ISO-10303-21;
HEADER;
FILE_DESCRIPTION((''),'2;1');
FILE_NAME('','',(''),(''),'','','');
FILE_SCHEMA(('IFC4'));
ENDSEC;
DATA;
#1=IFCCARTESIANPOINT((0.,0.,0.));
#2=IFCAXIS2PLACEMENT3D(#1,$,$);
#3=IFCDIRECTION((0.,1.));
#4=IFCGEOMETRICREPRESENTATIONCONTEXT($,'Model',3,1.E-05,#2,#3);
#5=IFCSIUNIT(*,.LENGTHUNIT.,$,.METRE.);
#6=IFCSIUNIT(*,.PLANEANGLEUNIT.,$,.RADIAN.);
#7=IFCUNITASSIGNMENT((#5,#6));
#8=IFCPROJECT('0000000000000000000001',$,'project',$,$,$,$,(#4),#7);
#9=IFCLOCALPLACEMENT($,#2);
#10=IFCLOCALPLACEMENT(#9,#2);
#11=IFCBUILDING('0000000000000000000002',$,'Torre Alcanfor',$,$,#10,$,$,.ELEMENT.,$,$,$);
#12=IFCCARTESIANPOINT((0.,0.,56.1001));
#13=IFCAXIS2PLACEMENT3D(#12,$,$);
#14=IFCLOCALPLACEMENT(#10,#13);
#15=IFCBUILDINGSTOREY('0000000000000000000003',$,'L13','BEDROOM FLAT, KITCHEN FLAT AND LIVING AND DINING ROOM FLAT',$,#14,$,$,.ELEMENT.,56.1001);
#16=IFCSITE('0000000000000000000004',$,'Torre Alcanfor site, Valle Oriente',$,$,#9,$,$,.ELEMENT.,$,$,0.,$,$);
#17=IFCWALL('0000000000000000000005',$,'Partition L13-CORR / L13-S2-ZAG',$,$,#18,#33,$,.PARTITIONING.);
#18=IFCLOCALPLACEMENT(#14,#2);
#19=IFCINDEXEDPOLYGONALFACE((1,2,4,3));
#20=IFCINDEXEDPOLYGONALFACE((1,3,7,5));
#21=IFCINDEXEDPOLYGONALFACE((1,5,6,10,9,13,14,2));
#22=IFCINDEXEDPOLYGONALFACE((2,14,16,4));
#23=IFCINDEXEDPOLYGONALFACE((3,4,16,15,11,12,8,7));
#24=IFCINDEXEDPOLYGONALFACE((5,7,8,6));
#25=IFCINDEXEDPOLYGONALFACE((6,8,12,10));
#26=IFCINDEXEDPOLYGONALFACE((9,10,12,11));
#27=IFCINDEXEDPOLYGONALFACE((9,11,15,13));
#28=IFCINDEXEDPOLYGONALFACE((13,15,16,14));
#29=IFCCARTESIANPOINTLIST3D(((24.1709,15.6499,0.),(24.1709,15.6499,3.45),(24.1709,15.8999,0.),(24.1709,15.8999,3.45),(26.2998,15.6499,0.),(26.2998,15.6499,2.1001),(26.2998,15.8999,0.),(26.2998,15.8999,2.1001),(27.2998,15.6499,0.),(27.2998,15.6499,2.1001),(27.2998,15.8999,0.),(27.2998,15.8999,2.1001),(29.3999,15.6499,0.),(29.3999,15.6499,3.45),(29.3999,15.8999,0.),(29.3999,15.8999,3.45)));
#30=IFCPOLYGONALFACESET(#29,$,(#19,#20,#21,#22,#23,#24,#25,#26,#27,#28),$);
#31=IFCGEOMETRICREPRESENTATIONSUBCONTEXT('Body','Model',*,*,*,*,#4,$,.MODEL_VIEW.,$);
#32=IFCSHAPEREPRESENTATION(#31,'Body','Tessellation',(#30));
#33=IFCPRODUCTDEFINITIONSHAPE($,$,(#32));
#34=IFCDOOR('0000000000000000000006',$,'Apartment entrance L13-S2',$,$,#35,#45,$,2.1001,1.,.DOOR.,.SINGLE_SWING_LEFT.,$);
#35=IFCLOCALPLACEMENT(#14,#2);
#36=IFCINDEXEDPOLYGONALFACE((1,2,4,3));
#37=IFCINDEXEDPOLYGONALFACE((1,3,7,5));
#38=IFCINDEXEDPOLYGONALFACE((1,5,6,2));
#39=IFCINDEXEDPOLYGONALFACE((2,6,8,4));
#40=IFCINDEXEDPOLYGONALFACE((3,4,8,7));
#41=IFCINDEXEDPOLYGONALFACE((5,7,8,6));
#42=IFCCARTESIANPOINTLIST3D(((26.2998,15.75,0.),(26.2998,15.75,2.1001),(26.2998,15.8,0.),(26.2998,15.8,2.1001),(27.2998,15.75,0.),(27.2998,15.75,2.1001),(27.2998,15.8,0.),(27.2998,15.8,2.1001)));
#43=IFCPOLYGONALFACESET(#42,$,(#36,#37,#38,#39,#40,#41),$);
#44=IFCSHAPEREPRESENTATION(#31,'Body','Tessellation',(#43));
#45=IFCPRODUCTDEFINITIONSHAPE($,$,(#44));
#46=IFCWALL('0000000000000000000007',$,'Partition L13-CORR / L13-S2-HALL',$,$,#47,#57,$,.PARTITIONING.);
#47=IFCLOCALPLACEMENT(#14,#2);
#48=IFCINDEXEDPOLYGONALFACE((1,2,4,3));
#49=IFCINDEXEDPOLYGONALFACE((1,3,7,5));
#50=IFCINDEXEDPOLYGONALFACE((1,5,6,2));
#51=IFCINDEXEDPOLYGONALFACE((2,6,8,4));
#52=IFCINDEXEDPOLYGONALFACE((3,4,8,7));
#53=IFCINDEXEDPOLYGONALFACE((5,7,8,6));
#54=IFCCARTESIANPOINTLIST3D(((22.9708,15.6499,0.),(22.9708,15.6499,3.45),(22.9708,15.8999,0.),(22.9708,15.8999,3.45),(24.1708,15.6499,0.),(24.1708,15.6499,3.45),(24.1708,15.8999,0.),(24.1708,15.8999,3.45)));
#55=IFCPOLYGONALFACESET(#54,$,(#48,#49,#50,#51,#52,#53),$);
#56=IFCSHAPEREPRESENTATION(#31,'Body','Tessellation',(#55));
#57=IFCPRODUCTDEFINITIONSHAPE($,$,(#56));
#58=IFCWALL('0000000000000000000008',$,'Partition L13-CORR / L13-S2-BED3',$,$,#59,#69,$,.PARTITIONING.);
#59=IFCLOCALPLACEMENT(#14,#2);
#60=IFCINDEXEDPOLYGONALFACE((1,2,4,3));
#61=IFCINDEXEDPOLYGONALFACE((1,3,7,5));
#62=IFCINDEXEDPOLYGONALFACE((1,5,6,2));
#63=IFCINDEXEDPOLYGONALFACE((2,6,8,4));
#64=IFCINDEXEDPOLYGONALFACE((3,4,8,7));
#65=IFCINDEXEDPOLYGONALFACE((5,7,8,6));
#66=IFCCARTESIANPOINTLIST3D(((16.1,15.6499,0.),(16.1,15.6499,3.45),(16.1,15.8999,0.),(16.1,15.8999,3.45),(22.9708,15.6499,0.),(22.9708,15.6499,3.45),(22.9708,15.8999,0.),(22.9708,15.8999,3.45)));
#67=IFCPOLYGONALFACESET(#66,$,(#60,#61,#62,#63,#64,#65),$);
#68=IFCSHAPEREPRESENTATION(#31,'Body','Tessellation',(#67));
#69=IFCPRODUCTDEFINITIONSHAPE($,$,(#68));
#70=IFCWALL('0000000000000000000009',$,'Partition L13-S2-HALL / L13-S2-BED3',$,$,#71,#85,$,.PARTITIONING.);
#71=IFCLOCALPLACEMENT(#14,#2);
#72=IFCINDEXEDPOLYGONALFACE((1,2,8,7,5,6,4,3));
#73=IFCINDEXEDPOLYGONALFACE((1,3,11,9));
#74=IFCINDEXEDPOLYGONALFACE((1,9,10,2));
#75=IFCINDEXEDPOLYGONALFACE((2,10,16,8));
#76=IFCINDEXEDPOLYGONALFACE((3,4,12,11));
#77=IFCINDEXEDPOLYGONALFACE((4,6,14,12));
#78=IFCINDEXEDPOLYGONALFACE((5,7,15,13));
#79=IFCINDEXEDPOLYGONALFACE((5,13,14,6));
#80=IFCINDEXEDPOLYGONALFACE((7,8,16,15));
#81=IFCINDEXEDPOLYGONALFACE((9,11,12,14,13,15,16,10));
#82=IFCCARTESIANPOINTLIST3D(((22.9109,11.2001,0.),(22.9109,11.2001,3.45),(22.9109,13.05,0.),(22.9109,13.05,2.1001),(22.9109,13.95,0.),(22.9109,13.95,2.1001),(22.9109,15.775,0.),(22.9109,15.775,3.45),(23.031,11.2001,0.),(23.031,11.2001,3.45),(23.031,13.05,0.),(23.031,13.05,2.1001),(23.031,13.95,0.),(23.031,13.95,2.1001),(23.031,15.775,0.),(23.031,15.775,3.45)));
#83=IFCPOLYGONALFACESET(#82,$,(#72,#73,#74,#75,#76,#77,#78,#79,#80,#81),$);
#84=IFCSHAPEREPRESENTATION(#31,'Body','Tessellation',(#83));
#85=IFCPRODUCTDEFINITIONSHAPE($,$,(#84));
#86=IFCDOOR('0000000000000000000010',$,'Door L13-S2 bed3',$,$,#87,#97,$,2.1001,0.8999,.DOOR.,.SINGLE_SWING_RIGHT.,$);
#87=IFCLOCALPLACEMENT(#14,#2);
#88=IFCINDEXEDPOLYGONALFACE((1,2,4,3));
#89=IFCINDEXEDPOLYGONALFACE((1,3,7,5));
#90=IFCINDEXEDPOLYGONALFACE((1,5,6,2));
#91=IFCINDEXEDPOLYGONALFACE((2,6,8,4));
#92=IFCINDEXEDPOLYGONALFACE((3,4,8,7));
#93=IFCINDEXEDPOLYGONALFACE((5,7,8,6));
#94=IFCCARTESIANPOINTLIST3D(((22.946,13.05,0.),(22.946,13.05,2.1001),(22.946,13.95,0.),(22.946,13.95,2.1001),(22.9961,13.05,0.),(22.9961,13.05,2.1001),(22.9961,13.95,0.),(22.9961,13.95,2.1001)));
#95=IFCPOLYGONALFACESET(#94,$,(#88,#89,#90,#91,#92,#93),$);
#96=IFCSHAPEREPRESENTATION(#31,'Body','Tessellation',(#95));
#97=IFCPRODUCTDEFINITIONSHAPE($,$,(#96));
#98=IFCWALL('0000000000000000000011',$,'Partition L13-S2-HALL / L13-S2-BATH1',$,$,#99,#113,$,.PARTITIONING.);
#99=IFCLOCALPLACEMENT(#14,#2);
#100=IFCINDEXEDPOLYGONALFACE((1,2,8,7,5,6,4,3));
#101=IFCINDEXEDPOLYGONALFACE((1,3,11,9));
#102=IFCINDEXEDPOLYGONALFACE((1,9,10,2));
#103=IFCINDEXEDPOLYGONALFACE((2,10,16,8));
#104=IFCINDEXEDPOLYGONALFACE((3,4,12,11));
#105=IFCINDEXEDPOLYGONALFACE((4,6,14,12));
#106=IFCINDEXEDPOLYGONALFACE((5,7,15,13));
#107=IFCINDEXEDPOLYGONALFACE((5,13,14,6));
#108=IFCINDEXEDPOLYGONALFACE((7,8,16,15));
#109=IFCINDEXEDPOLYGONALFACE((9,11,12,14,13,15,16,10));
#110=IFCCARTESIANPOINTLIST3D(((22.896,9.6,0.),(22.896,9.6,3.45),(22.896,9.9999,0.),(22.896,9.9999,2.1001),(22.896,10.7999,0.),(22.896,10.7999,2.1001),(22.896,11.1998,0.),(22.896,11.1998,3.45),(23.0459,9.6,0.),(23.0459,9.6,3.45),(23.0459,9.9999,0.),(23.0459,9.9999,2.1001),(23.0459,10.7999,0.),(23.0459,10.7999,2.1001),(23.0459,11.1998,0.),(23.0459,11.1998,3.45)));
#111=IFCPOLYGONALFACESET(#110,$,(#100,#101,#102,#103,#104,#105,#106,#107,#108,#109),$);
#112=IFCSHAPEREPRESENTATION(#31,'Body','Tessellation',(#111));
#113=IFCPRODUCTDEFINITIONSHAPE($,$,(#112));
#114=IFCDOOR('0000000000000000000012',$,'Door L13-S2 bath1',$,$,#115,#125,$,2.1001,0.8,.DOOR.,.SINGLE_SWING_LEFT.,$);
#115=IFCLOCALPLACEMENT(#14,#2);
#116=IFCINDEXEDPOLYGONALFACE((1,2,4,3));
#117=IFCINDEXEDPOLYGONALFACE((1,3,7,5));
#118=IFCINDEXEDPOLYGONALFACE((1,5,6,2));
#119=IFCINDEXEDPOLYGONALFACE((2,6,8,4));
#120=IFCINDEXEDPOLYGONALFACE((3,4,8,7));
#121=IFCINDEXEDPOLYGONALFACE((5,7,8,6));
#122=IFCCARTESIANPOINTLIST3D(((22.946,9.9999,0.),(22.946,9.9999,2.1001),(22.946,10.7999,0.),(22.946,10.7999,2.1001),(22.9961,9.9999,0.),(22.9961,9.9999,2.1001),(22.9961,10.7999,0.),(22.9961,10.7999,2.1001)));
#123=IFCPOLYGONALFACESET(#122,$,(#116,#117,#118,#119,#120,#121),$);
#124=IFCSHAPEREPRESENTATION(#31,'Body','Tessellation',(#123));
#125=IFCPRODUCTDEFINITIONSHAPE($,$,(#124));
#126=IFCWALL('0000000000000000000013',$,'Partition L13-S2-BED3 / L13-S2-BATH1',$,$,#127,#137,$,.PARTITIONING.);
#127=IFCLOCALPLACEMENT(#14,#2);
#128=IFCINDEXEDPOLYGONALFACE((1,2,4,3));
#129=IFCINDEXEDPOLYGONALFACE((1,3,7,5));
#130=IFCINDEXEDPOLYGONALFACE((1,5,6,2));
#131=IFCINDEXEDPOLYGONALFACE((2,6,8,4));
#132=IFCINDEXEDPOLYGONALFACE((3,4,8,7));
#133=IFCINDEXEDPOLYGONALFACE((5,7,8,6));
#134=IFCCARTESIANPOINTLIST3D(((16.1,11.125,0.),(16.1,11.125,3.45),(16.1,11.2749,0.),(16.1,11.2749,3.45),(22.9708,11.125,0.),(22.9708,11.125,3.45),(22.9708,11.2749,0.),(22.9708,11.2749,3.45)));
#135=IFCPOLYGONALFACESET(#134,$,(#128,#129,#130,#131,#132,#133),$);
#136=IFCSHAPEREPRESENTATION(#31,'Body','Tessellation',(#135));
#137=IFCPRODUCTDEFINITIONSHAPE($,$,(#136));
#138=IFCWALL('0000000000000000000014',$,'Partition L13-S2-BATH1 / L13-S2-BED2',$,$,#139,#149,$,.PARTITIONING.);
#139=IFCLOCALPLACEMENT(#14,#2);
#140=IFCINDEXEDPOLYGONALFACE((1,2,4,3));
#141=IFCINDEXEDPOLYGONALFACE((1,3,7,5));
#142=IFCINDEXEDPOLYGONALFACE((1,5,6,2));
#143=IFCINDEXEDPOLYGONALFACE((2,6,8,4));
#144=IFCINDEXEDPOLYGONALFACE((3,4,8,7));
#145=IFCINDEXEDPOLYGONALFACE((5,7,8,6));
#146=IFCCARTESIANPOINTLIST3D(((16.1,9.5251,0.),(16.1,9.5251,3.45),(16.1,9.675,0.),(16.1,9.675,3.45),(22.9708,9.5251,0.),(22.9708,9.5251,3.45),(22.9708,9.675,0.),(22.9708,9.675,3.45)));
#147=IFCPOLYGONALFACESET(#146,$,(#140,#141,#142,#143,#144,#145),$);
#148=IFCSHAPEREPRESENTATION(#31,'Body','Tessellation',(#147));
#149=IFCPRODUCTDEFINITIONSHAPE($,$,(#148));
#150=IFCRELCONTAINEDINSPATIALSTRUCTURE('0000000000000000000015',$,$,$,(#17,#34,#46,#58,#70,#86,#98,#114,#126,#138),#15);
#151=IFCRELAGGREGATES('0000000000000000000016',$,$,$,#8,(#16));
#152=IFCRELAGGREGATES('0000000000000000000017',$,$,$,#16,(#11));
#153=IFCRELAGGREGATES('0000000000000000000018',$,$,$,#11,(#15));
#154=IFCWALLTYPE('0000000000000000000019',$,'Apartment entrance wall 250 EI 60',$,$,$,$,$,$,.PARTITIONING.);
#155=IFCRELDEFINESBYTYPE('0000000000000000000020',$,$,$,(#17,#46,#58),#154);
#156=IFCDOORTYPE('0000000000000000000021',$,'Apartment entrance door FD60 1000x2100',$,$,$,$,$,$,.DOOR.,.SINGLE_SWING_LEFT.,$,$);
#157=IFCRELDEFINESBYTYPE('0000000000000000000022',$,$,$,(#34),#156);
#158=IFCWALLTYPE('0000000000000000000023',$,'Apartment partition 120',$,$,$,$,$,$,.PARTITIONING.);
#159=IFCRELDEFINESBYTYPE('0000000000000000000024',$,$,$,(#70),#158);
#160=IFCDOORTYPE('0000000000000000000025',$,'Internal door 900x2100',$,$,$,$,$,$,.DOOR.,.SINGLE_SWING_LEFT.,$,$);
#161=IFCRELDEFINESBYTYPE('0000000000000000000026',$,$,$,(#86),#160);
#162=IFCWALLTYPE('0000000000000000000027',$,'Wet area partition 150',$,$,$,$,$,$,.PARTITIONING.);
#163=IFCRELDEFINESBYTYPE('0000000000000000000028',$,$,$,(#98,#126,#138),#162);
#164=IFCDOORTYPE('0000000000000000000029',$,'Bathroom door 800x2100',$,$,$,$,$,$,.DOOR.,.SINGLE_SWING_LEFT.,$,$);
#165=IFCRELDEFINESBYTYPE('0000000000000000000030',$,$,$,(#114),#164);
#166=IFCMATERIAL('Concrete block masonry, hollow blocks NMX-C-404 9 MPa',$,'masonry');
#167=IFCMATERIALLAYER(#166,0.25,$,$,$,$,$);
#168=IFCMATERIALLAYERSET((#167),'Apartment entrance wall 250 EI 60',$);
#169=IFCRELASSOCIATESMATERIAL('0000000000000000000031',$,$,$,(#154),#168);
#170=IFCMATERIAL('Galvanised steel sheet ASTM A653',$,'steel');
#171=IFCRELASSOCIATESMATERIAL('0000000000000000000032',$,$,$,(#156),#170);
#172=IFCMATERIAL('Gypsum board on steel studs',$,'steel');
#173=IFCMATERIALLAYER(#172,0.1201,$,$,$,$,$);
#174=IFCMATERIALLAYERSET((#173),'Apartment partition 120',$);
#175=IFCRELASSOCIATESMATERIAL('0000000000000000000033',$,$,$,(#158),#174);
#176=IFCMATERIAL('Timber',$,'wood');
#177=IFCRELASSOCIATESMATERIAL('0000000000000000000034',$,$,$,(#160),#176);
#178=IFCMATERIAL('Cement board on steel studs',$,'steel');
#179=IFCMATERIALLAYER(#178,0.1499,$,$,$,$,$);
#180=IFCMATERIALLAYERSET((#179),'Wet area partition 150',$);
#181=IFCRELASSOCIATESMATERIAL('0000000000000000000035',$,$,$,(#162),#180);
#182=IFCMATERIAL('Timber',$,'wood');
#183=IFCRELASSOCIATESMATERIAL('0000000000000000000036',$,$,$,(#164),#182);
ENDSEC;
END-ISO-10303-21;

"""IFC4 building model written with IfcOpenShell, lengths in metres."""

from ifc_helpers import new_model, si_unit, direction, frame, frame_2d, origin, place, context, subcontext, project, spatial, rectangle, extrude, material, layer, layer_set, type_object, element, fill, save


model = new_model("IFC4")

# Units and contexts
model_context = context("Model", 3, precision=1e-05, world=origin(), true_north=direction((0.0, 1.0)))
body_context = subcontext(model_context, "Body", "Model", "MODEL_VIEW")
ifc_project = project(units=[si_unit("LENGTHUNIT", "METRE"), si_unit("PLANEANGLEUNIT", "RADIAN")], contexts=[model_context])

# Site, building, storey
site_placement = place(None, origin())
site = spatial("IfcSite", under=ifc_project, at=site_placement, Name="Torre Alcanfor site, Valle Oriente", CompositionType="ELEMENT", RefElevation=0.0)
building_placement = place(site_placement, origin())
building = spatial("IfcBuilding", under=site, at=building_placement, Name="Torre Alcanfor", CompositionType="ELEMENT")
storey_placement = place(building_placement, frame((0.0, 0.0, 56.1001)))
storey = spatial("IfcBuildingStorey", under=building, at=storey_placement, Name="L13", Description="BEDROOM FLAT, KITCHEN FLAT AND LIVING AND DINING ROOM FLAT", CompositionType="ELEMENT", Elevation=56.1001)

# Wall, opening, door
ifc_material_1 = material(Name="Concrete block masonry, hollow blocks NMX-C-404 9 MPa", Category="masonry")
ifc_layer_1 = layer(ifc_material_1, 0.25)
ifc_layer_set_1 = layer_set([ifc_layer_1], Name="Apartment entrance wall 250 EI 60")
wall_type_1 = type_object("IfcWallType", Name="Apartment entrance wall 250 EI 60", PredefinedType="PARTITIONING", material=ifc_layer_set_1)
wall_1_placement = place(storey_placement, frame((29.3999, 15.7749, 0.0), z_axis=(0.0, 0.0, 1.0), x_axis=(-1.0, 0.0, 0.0)))
wall_1 = element("IfcWall", 1, at=wall_1_placement, inside=storey, type_object=wall_type_1, Name="Partition L13-CORR / L13-S2-ZAG", PredefinedType="PARTITIONING", context=body_context, shape_type="SweptSolid", body=[
    extrude(rectangle(XDim=5.229, YDim=0.25, at=frame_2d((2.6145, 0.0))), origin(), (0.0, 0.0, 1.0), 3.45),
])
opening_1_placement = place(wall_1_placement, frame((2.1001, 0.0, 0.0)))
opening_1 = element("IfcOpeningElement", 2, at=opening_1_placement, cuts=wall_1, PredefinedType="OPENING", context=body_context, shape_type="SweptSolid", body=[
    extrude(rectangle(XDim=1.0, YDim=2.1001, at=frame_2d((0.5, 1.05))), frame((0.0, 0.135, 0.0), z_axis=(0.0, -1.0, 0.0), x_axis=(1.0, 0.0, 0.0)), (0.0, 0.0, 1.0), 0.27),
])
ifc_material_2 = material(Name="Galvanised steel sheet ASTM A653", Category="steel")
door_type_1 = type_object("IfcDoorType", Name="Apartment entrance door FD60 1000x2100", OperationType="SINGLE_SWING_LEFT", PredefinedType="DOOR", material=ifc_material_2)
door_1_placement = place(opening_1_placement, origin())
door_1 = element("IfcDoor", 3, at=door_1_placement, inside=storey, type_object=door_type_1, Name="Apartment entrance L13-S2", OperationType="SINGLE_SWING_LEFT", OverallHeight=2.1001, OverallWidth=1.0, PredefinedType="DOOR", context=body_context, shape_type="SweptSolid", body=[
    extrude(rectangle(XDim=1.0, YDim=2.1001, at=frame_2d((0.5, 1.05))), frame((0.0, 0.0249, 0.0), z_axis=(0.0, -1.0, 0.0), x_axis=(1.0, 0.0, 0.0)), (0.0, 0.0, 1.0), 0.05),
])
fill(opening_1, door_1)

# Walls
wall_2_placement = place(storey_placement, frame((24.1709, 15.7749, 0.0), z_axis=(0.0, 0.0, 1.0), x_axis=(-1.0, 0.0, 0.0)))
element("IfcWall", 4, at=wall_2_placement, inside=storey, type_object=wall_type_1, Name="Partition L13-CORR / L13-S2-HALL", PredefinedType="PARTITIONING", context=body_context, shape_type="SweptSolid", body=[
    extrude(rectangle(XDim=1.2, YDim=0.25, at=frame_2d((0.6001, 0.0))), origin(), (0.0, 0.0, 1.0), 3.45),
])
wall_3_placement = place(storey_placement, frame((22.9709, 15.7749, 0.0), z_axis=(0.0, 0.0, 1.0), x_axis=(-1.0, 0.0, 0.0)))
element("IfcWall", 5, at=wall_3_placement, inside=storey, type_object=wall_type_1, Name="Partition L13-CORR / L13-S2-BED3", PredefinedType="PARTITIONING", context=body_context, shape_type="SweptSolid", body=[
    extrude(rectangle(XDim=6.8708, YDim=0.25, at=frame_2d((3.4355, 0.0))), origin(), (0.0, 0.0, 1.0), 3.45),
])

# Walls, openings, doors
ifc_material_3 = material(Name="Gypsum board on steel studs", Category="steel")
ifc_layer_2 = layer(ifc_material_3, 0.1201)
ifc_layer_set_2 = layer_set([ifc_layer_2], Name="Apartment partition 120")
wall_type_2 = type_object("IfcWallType", Name="Apartment partition 120", PredefinedType="PARTITIONING", material=ifc_layer_set_2)
wall_4_placement = place(storey_placement, frame((22.9709, 11.2, 0.0), z_axis=(0.0, 0.0, 1.0), x_axis=(0.0, 1.0, 0.0)))
wall_4 = element("IfcWall", 6, at=wall_4_placement, inside=storey, type_object=wall_type_2, Name="Partition L13-S2-HALL / L13-S2-BED3", PredefinedType="PARTITIONING", context=body_context, shape_type="SweptSolid", body=[
    extrude(rectangle(XDim=4.575, YDim=0.1201, at=frame_2d((2.2876, 0.0))), origin(), (0.0, 0.0, 1.0), 3.45),
])
opening_2_placement = place(wall_4_placement, frame((1.8501, 0.0, 0.0)))
opening_2 = element("IfcOpeningElement", 7, at=opening_2_placement, cuts=wall_4, PredefinedType="OPENING", context=body_context, shape_type="SweptSolid", body=[
    extrude(rectangle(XDim=0.8999, YDim=2.1001, at=frame_2d((0.45, 1.05))), frame((0.0, 0.0701, 0.0), z_axis=(0.0, -1.0, 0.0), x_axis=(1.0, 0.0, 0.0)), (0.0, 0.0, 1.0), 0.1401),
])
ifc_material_4 = material(Name="Timber", Category="wood")
door_type_2 = type_object("IfcDoorType", Name="Internal door 900x2100", OperationType="SINGLE_SWING_LEFT", PredefinedType="DOOR", material=ifc_material_4)
door_2_placement = place(opening_2_placement, origin())
door_2 = element("IfcDoor", 8, at=door_2_placement, inside=storey, type_object=door_type_2, Name="Door L13-S2 bed3", OperationType="SINGLE_SWING_RIGHT", OverallHeight=2.1001, OverallWidth=0.8999, PredefinedType="DOOR", context=body_context, shape_type="SweptSolid", body=[
    extrude(rectangle(XDim=0.8999, YDim=2.1001, at=frame_2d((0.45, 1.05))), frame((0.0, 0.0249, 0.0), z_axis=(0.0, -1.0, 0.0), x_axis=(1.0, 0.0, 0.0)), (0.0, 0.0, 1.0), 0.05),
])
fill(opening_2, door_2)
ifc_material_5 = material(Name="Cement board on steel studs", Category="steel")
ifc_layer_3 = layer(ifc_material_5, 0.1499)
ifc_layer_set_3 = layer_set([ifc_layer_3], Name="Wet area partition 150")
wall_type_3 = type_object("IfcWallType", Name="Wet area partition 150", PredefinedType="PARTITIONING", material=ifc_layer_set_3)
wall_5_placement = place(storey_placement, frame((22.9709, 9.6001, 0.0), z_axis=(0.0, 0.0, 1.0), x_axis=(0.0, 1.0, 0.0)))
wall_5 = element("IfcWall", 9, at=wall_5_placement, inside=storey, type_object=wall_type_3, Name="Partition L13-S2-HALL / L13-S2-BATH1", PredefinedType="PARTITIONING", context=body_context, shape_type="SweptSolid", body=[
    extrude(rectangle(XDim=1.5999, YDim=0.1499, at=frame_2d((0.7998, 0.0))), origin(), (0.0, 0.0, 1.0), 3.45),
])
opening_3_placement = place(wall_5_placement, frame((0.3999, 0.0, 0.0)))
opening_3 = element("IfcOpeningElement", 10, at=opening_3_placement, cuts=wall_5, PredefinedType="OPENING", context=body_context, shape_type="SweptSolid", body=[
    extrude(rectangle(XDim=0.8, YDim=2.1001, at=frame_2d((0.3999, 1.05))), frame((0.0, 0.085, 0.0), z_axis=(0.0, -1.0, 0.0), x_axis=(1.0, 0.0, 0.0)), (0.0, 0.0, 1.0), 0.1699),
])
ifc_material_6 = material(Name="Timber", Category="wood")
door_type_3 = type_object("IfcDoorType", Name="Bathroom door 800x2100", OperationType="SINGLE_SWING_LEFT", PredefinedType="DOOR", material=ifc_material_6)
door_3_placement = place(opening_3_placement, origin())
door_3 = element("IfcDoor", 11, at=door_3_placement, inside=storey, type_object=door_type_3, Name="Door L13-S2 bath1", OperationType="SINGLE_SWING_LEFT", OverallHeight=2.1001, OverallWidth=0.8, PredefinedType="DOOR", context=body_context, shape_type="SweptSolid", body=[
    extrude(rectangle(XDim=0.8, YDim=2.1001, at=frame_2d((0.3999, 1.05))), frame((0.0, 0.0249, 0.0), z_axis=(0.0, -1.0, 0.0), x_axis=(1.0, 0.0, 0.0)), (0.0, 0.0, 1.0), 0.05),
])
fill(opening_3, door_3)

# Walls
for number, where, z_axis, x_axis, name in (
    (12, (22.9709, 11.2, 0.0), (0.0, 0.0, 1.0), (-1.0, 0.0, 0.0), "Partition L13-S2-BED3 / L13-S2-BATH1"),
    (13, (22.9709, 9.6001, 0.0), (0.0, 0.0, 1.0), (-1.0, 0.0, 0.0), "Partition L13-S2-BATH1 / L13-S2-BED2"),
):
    element("IfcWall", number, at=place(storey_placement, frame(where, z_axis=z_axis, x_axis=x_axis)), inside=storey, type_object=wall_type_3, Name=name, PredefinedType="PARTITIONING", context=body_context, shape_type="SweptSolid", body=[
        extrude(rectangle(XDim=6.8708, YDim=0.1499, at=frame_2d((3.4355, 0.0))), origin(), (0.0, 0.0, 1.0), 3.45),
    ])

save(model, "model.ifc")
